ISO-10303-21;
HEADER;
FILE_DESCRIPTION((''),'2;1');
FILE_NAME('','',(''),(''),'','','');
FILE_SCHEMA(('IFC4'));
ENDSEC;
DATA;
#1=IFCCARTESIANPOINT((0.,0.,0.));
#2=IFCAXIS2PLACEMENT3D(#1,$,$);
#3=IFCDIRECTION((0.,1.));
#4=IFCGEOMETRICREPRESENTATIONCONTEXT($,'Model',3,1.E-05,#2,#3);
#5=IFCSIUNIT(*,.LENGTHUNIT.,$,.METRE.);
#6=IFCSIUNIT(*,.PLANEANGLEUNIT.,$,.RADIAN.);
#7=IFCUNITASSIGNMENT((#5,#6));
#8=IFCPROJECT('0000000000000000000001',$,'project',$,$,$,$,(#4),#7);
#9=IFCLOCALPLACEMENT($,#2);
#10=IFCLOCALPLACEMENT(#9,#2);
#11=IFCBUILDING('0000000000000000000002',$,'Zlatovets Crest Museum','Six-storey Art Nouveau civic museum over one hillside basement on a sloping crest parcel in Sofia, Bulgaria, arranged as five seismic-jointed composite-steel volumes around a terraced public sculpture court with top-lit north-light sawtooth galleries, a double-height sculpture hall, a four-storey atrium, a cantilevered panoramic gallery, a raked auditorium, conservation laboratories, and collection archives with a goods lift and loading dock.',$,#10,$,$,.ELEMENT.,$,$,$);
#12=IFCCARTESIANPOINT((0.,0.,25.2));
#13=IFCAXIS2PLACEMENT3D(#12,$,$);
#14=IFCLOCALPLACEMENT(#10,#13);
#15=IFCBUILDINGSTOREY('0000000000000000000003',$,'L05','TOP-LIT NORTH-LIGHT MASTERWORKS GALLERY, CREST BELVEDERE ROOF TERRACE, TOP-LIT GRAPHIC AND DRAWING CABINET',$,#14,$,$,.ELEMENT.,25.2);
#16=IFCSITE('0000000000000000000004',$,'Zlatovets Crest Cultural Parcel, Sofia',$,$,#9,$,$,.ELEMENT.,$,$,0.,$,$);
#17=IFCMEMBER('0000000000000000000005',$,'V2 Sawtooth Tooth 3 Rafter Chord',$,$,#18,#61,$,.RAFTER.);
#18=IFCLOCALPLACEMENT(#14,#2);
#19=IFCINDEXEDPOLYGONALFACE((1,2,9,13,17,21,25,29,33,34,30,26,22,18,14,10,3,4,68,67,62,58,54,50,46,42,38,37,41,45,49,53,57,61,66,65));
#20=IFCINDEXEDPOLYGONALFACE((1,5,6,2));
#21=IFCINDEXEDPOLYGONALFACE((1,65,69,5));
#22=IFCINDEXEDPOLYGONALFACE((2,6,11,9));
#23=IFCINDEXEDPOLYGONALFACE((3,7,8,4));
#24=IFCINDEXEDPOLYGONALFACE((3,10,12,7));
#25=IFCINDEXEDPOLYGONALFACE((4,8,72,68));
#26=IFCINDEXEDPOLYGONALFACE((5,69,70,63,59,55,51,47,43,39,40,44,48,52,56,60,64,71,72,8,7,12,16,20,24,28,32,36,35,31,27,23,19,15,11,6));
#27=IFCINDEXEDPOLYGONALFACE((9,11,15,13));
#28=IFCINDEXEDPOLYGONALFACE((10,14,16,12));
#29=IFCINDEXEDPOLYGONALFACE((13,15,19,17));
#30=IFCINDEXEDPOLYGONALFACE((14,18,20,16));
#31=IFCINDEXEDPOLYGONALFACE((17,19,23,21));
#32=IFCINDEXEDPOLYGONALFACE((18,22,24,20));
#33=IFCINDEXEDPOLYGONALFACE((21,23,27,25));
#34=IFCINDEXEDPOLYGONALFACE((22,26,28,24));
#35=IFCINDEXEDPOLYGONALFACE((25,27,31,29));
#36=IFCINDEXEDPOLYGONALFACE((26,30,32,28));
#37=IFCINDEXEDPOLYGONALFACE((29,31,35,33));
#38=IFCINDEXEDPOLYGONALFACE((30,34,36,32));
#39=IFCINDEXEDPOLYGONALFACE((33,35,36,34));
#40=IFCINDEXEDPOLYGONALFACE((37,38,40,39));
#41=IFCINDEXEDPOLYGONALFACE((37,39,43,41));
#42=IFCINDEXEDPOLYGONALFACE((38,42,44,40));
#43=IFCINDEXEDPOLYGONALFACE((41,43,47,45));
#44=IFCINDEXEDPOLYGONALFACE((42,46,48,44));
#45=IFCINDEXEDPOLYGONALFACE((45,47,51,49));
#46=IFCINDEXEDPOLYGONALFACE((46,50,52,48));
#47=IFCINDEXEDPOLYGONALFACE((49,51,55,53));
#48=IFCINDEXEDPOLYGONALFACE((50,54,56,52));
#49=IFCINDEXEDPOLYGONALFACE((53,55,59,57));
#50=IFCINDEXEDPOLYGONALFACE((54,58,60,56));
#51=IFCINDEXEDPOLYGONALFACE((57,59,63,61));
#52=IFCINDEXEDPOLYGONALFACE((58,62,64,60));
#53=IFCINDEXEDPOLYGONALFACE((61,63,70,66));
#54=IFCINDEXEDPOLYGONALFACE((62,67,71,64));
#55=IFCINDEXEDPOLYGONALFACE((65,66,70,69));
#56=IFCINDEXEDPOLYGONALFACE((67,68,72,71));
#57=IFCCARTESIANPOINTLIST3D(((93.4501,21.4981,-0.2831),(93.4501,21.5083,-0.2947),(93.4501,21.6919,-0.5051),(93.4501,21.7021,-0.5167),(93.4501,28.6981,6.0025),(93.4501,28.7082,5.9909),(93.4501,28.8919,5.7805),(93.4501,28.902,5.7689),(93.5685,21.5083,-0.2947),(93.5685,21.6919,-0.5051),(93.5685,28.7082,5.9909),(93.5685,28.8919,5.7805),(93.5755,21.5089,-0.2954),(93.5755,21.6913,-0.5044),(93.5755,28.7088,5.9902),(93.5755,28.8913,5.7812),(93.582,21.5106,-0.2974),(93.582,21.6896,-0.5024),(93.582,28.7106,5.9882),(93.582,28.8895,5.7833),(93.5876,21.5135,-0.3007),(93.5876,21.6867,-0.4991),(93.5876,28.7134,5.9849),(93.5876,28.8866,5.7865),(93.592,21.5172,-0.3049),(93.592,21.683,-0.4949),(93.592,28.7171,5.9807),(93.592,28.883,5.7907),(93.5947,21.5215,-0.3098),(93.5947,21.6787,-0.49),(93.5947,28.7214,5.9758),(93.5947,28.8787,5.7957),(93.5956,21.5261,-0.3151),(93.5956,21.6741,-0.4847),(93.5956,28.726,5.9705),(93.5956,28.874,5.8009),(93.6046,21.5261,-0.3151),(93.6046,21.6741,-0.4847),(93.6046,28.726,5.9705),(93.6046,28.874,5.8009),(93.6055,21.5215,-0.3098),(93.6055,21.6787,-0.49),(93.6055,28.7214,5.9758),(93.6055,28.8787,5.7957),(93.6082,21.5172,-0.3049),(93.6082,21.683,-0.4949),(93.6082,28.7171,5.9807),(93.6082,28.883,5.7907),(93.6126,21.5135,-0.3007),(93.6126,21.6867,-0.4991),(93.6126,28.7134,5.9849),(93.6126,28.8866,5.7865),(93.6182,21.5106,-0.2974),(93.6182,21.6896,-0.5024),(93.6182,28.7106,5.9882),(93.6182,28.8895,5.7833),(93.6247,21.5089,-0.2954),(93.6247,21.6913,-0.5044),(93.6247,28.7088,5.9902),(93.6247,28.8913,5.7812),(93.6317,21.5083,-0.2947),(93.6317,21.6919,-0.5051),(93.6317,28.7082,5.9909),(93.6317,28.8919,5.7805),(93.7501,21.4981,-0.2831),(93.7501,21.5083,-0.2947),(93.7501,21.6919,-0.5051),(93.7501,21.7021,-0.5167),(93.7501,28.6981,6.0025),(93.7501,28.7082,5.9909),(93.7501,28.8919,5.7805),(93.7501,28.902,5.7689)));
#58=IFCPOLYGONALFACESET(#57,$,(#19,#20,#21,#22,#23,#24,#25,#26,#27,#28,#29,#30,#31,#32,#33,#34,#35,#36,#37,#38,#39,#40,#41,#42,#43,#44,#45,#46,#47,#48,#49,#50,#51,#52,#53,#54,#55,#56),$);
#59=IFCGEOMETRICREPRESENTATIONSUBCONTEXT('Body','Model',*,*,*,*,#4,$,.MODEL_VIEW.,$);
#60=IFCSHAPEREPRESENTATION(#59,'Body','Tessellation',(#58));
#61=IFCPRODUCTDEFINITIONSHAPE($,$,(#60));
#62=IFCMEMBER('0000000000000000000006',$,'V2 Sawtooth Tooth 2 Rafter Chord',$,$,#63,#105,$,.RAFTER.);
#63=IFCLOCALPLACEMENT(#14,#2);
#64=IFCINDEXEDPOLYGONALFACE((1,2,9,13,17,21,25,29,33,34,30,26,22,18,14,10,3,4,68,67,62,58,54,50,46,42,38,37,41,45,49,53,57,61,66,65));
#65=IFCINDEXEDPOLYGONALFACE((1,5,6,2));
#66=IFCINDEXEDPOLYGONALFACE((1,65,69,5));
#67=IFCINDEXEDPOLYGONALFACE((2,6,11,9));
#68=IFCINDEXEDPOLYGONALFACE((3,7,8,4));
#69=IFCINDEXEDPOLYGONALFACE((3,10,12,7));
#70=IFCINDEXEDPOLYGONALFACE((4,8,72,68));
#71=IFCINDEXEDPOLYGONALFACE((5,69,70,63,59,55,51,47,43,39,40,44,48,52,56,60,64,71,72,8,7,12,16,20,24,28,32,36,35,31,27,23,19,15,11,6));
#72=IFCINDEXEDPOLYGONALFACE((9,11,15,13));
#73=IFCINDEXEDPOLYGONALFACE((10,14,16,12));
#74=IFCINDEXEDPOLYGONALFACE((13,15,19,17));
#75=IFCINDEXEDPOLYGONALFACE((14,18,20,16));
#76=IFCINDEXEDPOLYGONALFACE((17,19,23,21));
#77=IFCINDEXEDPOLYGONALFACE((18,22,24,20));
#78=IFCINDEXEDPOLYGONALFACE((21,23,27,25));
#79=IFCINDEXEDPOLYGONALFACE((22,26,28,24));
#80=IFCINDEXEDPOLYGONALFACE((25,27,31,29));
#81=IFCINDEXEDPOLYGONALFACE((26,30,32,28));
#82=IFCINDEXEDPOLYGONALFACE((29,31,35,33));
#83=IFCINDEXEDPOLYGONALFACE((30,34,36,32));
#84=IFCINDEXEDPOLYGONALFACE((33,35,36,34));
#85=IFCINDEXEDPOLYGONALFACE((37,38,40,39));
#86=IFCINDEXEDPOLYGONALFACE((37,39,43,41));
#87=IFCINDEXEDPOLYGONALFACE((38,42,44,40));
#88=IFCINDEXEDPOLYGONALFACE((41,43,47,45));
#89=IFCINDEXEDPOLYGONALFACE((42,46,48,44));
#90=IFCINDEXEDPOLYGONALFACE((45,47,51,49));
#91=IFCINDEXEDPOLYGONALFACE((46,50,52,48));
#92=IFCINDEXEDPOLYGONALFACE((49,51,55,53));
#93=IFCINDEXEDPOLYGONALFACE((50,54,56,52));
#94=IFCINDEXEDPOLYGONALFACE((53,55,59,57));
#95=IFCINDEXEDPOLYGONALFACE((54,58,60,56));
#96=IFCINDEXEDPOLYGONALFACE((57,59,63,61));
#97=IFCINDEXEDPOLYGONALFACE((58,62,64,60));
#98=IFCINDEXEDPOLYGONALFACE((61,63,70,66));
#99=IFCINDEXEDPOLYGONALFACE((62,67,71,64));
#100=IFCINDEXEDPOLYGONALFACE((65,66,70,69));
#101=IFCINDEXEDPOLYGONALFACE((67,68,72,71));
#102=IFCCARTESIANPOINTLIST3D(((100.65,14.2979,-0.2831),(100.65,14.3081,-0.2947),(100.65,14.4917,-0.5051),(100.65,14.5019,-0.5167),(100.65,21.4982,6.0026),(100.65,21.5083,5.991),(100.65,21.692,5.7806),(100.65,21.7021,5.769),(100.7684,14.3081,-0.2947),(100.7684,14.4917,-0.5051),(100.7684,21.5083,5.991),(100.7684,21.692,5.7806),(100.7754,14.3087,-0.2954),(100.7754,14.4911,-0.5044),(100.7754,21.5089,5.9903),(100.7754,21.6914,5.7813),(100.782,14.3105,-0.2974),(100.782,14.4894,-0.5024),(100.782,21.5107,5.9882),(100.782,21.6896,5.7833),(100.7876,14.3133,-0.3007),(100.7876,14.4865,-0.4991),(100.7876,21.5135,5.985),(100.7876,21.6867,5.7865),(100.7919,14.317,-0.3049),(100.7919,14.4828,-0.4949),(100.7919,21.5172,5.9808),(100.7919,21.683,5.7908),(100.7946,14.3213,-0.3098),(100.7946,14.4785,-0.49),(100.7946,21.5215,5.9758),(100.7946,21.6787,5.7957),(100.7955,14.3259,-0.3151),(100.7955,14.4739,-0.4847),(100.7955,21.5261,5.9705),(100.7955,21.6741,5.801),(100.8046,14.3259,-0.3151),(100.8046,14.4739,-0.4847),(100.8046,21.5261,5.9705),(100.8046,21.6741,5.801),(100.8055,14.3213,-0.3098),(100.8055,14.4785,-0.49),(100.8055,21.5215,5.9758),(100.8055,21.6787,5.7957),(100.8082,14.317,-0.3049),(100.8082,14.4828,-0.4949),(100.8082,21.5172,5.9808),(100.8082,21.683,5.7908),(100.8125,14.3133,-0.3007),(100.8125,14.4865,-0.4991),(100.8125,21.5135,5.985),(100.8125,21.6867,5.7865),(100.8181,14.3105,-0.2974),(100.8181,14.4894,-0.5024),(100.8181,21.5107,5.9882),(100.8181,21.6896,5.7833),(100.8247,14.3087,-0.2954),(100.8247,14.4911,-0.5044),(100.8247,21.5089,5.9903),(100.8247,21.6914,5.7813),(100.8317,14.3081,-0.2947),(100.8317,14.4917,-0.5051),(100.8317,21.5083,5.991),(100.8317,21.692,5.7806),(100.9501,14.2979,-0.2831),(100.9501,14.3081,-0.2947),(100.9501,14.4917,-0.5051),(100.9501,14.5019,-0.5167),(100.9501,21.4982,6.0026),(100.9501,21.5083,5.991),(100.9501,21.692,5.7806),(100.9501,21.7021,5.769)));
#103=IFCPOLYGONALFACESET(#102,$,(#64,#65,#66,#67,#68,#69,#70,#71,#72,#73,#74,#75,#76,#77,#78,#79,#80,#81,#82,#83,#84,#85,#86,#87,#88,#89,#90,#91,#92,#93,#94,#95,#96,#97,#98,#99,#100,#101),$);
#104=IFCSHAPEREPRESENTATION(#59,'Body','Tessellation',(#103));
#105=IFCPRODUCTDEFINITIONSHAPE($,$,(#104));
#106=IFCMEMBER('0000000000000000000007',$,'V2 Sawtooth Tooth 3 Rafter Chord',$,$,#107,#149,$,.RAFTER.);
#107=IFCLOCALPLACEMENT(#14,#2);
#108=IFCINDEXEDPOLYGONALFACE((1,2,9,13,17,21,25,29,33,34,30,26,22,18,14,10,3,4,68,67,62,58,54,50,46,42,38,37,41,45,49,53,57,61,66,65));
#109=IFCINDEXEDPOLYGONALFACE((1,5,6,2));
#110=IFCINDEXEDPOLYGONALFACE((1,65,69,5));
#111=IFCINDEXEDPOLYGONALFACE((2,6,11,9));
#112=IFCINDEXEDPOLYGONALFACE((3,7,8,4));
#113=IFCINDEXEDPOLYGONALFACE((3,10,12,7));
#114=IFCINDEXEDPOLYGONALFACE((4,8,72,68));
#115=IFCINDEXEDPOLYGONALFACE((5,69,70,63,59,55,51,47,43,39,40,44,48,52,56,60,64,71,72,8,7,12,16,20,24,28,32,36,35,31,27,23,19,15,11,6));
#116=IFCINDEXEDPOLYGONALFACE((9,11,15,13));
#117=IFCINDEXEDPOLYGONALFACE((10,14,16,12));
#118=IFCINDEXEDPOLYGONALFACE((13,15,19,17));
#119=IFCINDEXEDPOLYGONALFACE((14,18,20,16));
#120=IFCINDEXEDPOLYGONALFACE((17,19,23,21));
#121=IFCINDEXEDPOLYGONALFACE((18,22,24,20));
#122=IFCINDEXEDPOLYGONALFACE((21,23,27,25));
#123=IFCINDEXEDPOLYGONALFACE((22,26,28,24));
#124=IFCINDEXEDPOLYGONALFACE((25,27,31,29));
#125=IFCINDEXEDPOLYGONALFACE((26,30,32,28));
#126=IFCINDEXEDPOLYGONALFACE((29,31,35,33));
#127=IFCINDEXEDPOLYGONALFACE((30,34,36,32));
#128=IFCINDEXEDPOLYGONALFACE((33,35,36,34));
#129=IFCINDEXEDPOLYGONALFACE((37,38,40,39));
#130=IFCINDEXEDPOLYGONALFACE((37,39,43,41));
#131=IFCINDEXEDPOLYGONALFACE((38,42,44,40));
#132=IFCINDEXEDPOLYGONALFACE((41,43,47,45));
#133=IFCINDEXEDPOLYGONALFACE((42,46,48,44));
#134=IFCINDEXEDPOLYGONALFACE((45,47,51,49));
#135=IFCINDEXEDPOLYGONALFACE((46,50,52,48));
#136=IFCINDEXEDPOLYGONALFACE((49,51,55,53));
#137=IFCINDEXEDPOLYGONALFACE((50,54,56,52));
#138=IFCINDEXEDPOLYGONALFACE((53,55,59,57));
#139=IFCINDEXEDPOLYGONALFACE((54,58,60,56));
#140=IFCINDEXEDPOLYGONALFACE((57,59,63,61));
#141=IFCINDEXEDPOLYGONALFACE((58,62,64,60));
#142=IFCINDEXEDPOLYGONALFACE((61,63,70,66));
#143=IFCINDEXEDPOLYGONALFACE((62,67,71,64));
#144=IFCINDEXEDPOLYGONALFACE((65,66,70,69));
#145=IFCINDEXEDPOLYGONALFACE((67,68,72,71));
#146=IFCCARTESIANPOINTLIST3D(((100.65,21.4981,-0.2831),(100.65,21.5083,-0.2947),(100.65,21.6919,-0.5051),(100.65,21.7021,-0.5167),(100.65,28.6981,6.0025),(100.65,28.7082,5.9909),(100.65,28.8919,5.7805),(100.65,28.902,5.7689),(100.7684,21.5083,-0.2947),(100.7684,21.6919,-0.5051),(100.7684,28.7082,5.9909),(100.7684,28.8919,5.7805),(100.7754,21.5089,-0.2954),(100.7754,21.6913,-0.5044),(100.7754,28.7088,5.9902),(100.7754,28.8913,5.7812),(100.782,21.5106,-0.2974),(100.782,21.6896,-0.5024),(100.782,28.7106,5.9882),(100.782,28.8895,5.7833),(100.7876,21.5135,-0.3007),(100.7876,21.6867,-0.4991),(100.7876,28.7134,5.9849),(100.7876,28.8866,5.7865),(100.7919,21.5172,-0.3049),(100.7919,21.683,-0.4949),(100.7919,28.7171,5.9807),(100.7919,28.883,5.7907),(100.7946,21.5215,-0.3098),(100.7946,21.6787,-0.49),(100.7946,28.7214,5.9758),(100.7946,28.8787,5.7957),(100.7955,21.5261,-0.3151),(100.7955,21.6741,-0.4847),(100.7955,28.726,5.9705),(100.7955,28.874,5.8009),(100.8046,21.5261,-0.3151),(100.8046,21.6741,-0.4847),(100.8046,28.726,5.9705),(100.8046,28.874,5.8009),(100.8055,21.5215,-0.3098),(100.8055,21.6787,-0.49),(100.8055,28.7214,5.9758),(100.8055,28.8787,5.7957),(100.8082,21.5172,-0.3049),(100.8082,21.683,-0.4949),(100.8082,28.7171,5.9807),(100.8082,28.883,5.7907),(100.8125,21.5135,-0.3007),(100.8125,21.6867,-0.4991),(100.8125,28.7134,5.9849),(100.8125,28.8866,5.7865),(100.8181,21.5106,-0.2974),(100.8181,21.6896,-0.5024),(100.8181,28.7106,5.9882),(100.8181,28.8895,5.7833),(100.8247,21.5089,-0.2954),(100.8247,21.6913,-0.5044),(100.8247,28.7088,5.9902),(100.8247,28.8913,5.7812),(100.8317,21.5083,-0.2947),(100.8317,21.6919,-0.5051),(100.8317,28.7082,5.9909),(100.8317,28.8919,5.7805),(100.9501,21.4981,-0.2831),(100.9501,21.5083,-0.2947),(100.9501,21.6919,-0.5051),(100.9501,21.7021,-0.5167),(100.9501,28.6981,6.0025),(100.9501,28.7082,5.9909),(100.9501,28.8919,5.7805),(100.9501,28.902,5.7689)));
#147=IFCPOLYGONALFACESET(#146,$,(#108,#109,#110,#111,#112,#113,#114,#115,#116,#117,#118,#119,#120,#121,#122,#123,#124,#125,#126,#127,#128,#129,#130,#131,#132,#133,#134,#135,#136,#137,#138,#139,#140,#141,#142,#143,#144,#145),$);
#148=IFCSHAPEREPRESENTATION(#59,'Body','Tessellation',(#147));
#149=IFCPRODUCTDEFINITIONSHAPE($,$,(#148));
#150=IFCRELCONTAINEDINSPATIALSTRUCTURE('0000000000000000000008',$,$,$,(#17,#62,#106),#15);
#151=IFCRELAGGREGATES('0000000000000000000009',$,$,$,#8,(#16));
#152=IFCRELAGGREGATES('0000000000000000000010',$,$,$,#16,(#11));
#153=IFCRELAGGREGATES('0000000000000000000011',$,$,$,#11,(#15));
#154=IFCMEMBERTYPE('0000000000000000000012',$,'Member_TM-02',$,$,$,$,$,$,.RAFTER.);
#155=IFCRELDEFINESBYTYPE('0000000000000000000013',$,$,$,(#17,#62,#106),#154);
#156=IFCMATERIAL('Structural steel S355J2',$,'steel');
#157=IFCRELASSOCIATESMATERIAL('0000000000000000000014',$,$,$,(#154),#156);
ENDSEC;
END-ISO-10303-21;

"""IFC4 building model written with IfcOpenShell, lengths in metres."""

from ifc_helpers import new_model, si_unit, direction, frame, origin, origin_2d, place, context, subcontext, project, spatial, i_section, extrude, material, material_profile, profile_set, type_object, element, save


model = new_model("IFC4")

# Units and contexts
model_context = context("Model", 3, precision=1e-05, world=origin(), true_north=direction((0.0, 1.0)))
body_context = subcontext(model_context, "Body", "Model", "MODEL_VIEW")
ifc_project = project(units=[si_unit("LENGTHUNIT", "METRE"), si_unit("PLANEANGLEUNIT", "RADIAN")], contexts=[model_context])

# Site, building, storey
site_placement = place(None, origin())
site = spatial("IfcSite", under=ifc_project, at=site_placement, Name="Zlatovets Crest Cultural Parcel, Sofia", CompositionType="ELEMENT", RefElevation=0.0)
building_placement = place(site_placement, origin())
building = spatial("IfcBuilding", under=site, at=building_placement, Name="Zlatovets Crest Museum", Description="Six-storey Art Nouveau civic museum over one hillside basement on a sloping crest parcel in Sofia, Bulgaria, arranged as five seismic-jointed composite-steel volumes around a terraced public sculpture court with top-lit north-light sawtooth galleries, a double-height sculpture hall, a four-storey atrium, a cantilevered panoramic gallery, a raked auditorium, conservation laboratories, and collection archives with a goods lift and loading dock.", CompositionType="ELEMENT")
storey_placement = place(building_placement, frame((0.0, 0.0, 25.2)))
storey = spatial("IfcBuildingStorey", under=building, at=storey_placement, Name="L05", Description="TOP-LIT NORTH-LIGHT MASTERWORKS GALLERY, CREST BELVEDERE ROOF TERRACE, TOP-LIT GRAPHIC AND DRAWING CABINET", CompositionType="ELEMENT", Elevation=25.2)

# Shared definitions
ifc_material_1 = material(Name="Structural steel S355J2", Category="steel")

# Members
ifc_material_profile_1 = material_profile(ifc_material_1, i_section(OverallWidth=0.3, OverallDepth=0.3101, WebThickness=0.009, FlangeThickness=0.0154, FilletRadius=0.0271, at=origin_2d()), Name="HEA 320")
ifc_profile_set_1 = profile_set([ifc_material_profile_1], Name="Structural steel S355J2")
member_type_1 = type_object("IfcMemberType", Name="Member_TM-02", PredefinedType="RAFTER", material=ifc_profile_set_1)
member_1_placement = place(storey_placement, frame((93.6001, 21.6001, -0.3999), z_axis=(0.0, 0.753318, 0.657656), x_axis=(-1.0, 0.0, 0.0)))
element("IfcMember", 1, at=member_1_placement, inside=storey, type_object=member_type_1, Name="V2 Sawtooth Tooth 3 Rafter Chord", PredefinedType="RAFTER", context=body_context, shape_type="SweptSolid", body=[
    extrude(i_section(OverallWidth=0.3, OverallDepth=0.3101, WebThickness=0.009, FlangeThickness=0.0154, FilletRadius=0.0271, at=origin_2d()), origin(), (0.0, 0.0, 1.0), 9.5576),
])
member_2_placement = place(storey_placement, frame((100.8, 14.3999, -0.3999), z_axis=(0.0, 0.753329, 0.657643), x_axis=(-1.0, 0.0, 0.0)))
element("IfcMember", 2, at=member_2_placement, inside=storey, type_object=member_type_1, Name="V2 Sawtooth Tooth 2 Rafter Chord", PredefinedType="RAFTER", context=body_context, shape_type="SweptSolid", body=[
    extrude(i_section(OverallWidth=0.3, OverallDepth=0.3101, WebThickness=0.009, FlangeThickness=0.0154, FilletRadius=0.0271, at=origin_2d()), origin(), (0.0, 0.0, 1.0), 9.5579),
])
member_3_placement = place(storey_placement, frame((100.8, 21.6001, -0.3999), z_axis=(0.0, 0.753318, 0.657656), x_axis=(-1.0, 0.0, 0.0)))
element("IfcMember", 3, at=member_3_placement, inside=storey, type_object=member_type_1, Name="V2 Sawtooth Tooth 3 Rafter Chord", PredefinedType="RAFTER", context=body_context, shape_type="SweptSolid", body=[
    extrude(i_section(OverallWidth=0.3, OverallDepth=0.3101, WebThickness=0.009, FlangeThickness=0.0154, FilletRadius=0.0271, at=origin_2d()), origin(), (0.0, 0.0, 1.0), 9.5576),
])

save(model, "model.ifc")
